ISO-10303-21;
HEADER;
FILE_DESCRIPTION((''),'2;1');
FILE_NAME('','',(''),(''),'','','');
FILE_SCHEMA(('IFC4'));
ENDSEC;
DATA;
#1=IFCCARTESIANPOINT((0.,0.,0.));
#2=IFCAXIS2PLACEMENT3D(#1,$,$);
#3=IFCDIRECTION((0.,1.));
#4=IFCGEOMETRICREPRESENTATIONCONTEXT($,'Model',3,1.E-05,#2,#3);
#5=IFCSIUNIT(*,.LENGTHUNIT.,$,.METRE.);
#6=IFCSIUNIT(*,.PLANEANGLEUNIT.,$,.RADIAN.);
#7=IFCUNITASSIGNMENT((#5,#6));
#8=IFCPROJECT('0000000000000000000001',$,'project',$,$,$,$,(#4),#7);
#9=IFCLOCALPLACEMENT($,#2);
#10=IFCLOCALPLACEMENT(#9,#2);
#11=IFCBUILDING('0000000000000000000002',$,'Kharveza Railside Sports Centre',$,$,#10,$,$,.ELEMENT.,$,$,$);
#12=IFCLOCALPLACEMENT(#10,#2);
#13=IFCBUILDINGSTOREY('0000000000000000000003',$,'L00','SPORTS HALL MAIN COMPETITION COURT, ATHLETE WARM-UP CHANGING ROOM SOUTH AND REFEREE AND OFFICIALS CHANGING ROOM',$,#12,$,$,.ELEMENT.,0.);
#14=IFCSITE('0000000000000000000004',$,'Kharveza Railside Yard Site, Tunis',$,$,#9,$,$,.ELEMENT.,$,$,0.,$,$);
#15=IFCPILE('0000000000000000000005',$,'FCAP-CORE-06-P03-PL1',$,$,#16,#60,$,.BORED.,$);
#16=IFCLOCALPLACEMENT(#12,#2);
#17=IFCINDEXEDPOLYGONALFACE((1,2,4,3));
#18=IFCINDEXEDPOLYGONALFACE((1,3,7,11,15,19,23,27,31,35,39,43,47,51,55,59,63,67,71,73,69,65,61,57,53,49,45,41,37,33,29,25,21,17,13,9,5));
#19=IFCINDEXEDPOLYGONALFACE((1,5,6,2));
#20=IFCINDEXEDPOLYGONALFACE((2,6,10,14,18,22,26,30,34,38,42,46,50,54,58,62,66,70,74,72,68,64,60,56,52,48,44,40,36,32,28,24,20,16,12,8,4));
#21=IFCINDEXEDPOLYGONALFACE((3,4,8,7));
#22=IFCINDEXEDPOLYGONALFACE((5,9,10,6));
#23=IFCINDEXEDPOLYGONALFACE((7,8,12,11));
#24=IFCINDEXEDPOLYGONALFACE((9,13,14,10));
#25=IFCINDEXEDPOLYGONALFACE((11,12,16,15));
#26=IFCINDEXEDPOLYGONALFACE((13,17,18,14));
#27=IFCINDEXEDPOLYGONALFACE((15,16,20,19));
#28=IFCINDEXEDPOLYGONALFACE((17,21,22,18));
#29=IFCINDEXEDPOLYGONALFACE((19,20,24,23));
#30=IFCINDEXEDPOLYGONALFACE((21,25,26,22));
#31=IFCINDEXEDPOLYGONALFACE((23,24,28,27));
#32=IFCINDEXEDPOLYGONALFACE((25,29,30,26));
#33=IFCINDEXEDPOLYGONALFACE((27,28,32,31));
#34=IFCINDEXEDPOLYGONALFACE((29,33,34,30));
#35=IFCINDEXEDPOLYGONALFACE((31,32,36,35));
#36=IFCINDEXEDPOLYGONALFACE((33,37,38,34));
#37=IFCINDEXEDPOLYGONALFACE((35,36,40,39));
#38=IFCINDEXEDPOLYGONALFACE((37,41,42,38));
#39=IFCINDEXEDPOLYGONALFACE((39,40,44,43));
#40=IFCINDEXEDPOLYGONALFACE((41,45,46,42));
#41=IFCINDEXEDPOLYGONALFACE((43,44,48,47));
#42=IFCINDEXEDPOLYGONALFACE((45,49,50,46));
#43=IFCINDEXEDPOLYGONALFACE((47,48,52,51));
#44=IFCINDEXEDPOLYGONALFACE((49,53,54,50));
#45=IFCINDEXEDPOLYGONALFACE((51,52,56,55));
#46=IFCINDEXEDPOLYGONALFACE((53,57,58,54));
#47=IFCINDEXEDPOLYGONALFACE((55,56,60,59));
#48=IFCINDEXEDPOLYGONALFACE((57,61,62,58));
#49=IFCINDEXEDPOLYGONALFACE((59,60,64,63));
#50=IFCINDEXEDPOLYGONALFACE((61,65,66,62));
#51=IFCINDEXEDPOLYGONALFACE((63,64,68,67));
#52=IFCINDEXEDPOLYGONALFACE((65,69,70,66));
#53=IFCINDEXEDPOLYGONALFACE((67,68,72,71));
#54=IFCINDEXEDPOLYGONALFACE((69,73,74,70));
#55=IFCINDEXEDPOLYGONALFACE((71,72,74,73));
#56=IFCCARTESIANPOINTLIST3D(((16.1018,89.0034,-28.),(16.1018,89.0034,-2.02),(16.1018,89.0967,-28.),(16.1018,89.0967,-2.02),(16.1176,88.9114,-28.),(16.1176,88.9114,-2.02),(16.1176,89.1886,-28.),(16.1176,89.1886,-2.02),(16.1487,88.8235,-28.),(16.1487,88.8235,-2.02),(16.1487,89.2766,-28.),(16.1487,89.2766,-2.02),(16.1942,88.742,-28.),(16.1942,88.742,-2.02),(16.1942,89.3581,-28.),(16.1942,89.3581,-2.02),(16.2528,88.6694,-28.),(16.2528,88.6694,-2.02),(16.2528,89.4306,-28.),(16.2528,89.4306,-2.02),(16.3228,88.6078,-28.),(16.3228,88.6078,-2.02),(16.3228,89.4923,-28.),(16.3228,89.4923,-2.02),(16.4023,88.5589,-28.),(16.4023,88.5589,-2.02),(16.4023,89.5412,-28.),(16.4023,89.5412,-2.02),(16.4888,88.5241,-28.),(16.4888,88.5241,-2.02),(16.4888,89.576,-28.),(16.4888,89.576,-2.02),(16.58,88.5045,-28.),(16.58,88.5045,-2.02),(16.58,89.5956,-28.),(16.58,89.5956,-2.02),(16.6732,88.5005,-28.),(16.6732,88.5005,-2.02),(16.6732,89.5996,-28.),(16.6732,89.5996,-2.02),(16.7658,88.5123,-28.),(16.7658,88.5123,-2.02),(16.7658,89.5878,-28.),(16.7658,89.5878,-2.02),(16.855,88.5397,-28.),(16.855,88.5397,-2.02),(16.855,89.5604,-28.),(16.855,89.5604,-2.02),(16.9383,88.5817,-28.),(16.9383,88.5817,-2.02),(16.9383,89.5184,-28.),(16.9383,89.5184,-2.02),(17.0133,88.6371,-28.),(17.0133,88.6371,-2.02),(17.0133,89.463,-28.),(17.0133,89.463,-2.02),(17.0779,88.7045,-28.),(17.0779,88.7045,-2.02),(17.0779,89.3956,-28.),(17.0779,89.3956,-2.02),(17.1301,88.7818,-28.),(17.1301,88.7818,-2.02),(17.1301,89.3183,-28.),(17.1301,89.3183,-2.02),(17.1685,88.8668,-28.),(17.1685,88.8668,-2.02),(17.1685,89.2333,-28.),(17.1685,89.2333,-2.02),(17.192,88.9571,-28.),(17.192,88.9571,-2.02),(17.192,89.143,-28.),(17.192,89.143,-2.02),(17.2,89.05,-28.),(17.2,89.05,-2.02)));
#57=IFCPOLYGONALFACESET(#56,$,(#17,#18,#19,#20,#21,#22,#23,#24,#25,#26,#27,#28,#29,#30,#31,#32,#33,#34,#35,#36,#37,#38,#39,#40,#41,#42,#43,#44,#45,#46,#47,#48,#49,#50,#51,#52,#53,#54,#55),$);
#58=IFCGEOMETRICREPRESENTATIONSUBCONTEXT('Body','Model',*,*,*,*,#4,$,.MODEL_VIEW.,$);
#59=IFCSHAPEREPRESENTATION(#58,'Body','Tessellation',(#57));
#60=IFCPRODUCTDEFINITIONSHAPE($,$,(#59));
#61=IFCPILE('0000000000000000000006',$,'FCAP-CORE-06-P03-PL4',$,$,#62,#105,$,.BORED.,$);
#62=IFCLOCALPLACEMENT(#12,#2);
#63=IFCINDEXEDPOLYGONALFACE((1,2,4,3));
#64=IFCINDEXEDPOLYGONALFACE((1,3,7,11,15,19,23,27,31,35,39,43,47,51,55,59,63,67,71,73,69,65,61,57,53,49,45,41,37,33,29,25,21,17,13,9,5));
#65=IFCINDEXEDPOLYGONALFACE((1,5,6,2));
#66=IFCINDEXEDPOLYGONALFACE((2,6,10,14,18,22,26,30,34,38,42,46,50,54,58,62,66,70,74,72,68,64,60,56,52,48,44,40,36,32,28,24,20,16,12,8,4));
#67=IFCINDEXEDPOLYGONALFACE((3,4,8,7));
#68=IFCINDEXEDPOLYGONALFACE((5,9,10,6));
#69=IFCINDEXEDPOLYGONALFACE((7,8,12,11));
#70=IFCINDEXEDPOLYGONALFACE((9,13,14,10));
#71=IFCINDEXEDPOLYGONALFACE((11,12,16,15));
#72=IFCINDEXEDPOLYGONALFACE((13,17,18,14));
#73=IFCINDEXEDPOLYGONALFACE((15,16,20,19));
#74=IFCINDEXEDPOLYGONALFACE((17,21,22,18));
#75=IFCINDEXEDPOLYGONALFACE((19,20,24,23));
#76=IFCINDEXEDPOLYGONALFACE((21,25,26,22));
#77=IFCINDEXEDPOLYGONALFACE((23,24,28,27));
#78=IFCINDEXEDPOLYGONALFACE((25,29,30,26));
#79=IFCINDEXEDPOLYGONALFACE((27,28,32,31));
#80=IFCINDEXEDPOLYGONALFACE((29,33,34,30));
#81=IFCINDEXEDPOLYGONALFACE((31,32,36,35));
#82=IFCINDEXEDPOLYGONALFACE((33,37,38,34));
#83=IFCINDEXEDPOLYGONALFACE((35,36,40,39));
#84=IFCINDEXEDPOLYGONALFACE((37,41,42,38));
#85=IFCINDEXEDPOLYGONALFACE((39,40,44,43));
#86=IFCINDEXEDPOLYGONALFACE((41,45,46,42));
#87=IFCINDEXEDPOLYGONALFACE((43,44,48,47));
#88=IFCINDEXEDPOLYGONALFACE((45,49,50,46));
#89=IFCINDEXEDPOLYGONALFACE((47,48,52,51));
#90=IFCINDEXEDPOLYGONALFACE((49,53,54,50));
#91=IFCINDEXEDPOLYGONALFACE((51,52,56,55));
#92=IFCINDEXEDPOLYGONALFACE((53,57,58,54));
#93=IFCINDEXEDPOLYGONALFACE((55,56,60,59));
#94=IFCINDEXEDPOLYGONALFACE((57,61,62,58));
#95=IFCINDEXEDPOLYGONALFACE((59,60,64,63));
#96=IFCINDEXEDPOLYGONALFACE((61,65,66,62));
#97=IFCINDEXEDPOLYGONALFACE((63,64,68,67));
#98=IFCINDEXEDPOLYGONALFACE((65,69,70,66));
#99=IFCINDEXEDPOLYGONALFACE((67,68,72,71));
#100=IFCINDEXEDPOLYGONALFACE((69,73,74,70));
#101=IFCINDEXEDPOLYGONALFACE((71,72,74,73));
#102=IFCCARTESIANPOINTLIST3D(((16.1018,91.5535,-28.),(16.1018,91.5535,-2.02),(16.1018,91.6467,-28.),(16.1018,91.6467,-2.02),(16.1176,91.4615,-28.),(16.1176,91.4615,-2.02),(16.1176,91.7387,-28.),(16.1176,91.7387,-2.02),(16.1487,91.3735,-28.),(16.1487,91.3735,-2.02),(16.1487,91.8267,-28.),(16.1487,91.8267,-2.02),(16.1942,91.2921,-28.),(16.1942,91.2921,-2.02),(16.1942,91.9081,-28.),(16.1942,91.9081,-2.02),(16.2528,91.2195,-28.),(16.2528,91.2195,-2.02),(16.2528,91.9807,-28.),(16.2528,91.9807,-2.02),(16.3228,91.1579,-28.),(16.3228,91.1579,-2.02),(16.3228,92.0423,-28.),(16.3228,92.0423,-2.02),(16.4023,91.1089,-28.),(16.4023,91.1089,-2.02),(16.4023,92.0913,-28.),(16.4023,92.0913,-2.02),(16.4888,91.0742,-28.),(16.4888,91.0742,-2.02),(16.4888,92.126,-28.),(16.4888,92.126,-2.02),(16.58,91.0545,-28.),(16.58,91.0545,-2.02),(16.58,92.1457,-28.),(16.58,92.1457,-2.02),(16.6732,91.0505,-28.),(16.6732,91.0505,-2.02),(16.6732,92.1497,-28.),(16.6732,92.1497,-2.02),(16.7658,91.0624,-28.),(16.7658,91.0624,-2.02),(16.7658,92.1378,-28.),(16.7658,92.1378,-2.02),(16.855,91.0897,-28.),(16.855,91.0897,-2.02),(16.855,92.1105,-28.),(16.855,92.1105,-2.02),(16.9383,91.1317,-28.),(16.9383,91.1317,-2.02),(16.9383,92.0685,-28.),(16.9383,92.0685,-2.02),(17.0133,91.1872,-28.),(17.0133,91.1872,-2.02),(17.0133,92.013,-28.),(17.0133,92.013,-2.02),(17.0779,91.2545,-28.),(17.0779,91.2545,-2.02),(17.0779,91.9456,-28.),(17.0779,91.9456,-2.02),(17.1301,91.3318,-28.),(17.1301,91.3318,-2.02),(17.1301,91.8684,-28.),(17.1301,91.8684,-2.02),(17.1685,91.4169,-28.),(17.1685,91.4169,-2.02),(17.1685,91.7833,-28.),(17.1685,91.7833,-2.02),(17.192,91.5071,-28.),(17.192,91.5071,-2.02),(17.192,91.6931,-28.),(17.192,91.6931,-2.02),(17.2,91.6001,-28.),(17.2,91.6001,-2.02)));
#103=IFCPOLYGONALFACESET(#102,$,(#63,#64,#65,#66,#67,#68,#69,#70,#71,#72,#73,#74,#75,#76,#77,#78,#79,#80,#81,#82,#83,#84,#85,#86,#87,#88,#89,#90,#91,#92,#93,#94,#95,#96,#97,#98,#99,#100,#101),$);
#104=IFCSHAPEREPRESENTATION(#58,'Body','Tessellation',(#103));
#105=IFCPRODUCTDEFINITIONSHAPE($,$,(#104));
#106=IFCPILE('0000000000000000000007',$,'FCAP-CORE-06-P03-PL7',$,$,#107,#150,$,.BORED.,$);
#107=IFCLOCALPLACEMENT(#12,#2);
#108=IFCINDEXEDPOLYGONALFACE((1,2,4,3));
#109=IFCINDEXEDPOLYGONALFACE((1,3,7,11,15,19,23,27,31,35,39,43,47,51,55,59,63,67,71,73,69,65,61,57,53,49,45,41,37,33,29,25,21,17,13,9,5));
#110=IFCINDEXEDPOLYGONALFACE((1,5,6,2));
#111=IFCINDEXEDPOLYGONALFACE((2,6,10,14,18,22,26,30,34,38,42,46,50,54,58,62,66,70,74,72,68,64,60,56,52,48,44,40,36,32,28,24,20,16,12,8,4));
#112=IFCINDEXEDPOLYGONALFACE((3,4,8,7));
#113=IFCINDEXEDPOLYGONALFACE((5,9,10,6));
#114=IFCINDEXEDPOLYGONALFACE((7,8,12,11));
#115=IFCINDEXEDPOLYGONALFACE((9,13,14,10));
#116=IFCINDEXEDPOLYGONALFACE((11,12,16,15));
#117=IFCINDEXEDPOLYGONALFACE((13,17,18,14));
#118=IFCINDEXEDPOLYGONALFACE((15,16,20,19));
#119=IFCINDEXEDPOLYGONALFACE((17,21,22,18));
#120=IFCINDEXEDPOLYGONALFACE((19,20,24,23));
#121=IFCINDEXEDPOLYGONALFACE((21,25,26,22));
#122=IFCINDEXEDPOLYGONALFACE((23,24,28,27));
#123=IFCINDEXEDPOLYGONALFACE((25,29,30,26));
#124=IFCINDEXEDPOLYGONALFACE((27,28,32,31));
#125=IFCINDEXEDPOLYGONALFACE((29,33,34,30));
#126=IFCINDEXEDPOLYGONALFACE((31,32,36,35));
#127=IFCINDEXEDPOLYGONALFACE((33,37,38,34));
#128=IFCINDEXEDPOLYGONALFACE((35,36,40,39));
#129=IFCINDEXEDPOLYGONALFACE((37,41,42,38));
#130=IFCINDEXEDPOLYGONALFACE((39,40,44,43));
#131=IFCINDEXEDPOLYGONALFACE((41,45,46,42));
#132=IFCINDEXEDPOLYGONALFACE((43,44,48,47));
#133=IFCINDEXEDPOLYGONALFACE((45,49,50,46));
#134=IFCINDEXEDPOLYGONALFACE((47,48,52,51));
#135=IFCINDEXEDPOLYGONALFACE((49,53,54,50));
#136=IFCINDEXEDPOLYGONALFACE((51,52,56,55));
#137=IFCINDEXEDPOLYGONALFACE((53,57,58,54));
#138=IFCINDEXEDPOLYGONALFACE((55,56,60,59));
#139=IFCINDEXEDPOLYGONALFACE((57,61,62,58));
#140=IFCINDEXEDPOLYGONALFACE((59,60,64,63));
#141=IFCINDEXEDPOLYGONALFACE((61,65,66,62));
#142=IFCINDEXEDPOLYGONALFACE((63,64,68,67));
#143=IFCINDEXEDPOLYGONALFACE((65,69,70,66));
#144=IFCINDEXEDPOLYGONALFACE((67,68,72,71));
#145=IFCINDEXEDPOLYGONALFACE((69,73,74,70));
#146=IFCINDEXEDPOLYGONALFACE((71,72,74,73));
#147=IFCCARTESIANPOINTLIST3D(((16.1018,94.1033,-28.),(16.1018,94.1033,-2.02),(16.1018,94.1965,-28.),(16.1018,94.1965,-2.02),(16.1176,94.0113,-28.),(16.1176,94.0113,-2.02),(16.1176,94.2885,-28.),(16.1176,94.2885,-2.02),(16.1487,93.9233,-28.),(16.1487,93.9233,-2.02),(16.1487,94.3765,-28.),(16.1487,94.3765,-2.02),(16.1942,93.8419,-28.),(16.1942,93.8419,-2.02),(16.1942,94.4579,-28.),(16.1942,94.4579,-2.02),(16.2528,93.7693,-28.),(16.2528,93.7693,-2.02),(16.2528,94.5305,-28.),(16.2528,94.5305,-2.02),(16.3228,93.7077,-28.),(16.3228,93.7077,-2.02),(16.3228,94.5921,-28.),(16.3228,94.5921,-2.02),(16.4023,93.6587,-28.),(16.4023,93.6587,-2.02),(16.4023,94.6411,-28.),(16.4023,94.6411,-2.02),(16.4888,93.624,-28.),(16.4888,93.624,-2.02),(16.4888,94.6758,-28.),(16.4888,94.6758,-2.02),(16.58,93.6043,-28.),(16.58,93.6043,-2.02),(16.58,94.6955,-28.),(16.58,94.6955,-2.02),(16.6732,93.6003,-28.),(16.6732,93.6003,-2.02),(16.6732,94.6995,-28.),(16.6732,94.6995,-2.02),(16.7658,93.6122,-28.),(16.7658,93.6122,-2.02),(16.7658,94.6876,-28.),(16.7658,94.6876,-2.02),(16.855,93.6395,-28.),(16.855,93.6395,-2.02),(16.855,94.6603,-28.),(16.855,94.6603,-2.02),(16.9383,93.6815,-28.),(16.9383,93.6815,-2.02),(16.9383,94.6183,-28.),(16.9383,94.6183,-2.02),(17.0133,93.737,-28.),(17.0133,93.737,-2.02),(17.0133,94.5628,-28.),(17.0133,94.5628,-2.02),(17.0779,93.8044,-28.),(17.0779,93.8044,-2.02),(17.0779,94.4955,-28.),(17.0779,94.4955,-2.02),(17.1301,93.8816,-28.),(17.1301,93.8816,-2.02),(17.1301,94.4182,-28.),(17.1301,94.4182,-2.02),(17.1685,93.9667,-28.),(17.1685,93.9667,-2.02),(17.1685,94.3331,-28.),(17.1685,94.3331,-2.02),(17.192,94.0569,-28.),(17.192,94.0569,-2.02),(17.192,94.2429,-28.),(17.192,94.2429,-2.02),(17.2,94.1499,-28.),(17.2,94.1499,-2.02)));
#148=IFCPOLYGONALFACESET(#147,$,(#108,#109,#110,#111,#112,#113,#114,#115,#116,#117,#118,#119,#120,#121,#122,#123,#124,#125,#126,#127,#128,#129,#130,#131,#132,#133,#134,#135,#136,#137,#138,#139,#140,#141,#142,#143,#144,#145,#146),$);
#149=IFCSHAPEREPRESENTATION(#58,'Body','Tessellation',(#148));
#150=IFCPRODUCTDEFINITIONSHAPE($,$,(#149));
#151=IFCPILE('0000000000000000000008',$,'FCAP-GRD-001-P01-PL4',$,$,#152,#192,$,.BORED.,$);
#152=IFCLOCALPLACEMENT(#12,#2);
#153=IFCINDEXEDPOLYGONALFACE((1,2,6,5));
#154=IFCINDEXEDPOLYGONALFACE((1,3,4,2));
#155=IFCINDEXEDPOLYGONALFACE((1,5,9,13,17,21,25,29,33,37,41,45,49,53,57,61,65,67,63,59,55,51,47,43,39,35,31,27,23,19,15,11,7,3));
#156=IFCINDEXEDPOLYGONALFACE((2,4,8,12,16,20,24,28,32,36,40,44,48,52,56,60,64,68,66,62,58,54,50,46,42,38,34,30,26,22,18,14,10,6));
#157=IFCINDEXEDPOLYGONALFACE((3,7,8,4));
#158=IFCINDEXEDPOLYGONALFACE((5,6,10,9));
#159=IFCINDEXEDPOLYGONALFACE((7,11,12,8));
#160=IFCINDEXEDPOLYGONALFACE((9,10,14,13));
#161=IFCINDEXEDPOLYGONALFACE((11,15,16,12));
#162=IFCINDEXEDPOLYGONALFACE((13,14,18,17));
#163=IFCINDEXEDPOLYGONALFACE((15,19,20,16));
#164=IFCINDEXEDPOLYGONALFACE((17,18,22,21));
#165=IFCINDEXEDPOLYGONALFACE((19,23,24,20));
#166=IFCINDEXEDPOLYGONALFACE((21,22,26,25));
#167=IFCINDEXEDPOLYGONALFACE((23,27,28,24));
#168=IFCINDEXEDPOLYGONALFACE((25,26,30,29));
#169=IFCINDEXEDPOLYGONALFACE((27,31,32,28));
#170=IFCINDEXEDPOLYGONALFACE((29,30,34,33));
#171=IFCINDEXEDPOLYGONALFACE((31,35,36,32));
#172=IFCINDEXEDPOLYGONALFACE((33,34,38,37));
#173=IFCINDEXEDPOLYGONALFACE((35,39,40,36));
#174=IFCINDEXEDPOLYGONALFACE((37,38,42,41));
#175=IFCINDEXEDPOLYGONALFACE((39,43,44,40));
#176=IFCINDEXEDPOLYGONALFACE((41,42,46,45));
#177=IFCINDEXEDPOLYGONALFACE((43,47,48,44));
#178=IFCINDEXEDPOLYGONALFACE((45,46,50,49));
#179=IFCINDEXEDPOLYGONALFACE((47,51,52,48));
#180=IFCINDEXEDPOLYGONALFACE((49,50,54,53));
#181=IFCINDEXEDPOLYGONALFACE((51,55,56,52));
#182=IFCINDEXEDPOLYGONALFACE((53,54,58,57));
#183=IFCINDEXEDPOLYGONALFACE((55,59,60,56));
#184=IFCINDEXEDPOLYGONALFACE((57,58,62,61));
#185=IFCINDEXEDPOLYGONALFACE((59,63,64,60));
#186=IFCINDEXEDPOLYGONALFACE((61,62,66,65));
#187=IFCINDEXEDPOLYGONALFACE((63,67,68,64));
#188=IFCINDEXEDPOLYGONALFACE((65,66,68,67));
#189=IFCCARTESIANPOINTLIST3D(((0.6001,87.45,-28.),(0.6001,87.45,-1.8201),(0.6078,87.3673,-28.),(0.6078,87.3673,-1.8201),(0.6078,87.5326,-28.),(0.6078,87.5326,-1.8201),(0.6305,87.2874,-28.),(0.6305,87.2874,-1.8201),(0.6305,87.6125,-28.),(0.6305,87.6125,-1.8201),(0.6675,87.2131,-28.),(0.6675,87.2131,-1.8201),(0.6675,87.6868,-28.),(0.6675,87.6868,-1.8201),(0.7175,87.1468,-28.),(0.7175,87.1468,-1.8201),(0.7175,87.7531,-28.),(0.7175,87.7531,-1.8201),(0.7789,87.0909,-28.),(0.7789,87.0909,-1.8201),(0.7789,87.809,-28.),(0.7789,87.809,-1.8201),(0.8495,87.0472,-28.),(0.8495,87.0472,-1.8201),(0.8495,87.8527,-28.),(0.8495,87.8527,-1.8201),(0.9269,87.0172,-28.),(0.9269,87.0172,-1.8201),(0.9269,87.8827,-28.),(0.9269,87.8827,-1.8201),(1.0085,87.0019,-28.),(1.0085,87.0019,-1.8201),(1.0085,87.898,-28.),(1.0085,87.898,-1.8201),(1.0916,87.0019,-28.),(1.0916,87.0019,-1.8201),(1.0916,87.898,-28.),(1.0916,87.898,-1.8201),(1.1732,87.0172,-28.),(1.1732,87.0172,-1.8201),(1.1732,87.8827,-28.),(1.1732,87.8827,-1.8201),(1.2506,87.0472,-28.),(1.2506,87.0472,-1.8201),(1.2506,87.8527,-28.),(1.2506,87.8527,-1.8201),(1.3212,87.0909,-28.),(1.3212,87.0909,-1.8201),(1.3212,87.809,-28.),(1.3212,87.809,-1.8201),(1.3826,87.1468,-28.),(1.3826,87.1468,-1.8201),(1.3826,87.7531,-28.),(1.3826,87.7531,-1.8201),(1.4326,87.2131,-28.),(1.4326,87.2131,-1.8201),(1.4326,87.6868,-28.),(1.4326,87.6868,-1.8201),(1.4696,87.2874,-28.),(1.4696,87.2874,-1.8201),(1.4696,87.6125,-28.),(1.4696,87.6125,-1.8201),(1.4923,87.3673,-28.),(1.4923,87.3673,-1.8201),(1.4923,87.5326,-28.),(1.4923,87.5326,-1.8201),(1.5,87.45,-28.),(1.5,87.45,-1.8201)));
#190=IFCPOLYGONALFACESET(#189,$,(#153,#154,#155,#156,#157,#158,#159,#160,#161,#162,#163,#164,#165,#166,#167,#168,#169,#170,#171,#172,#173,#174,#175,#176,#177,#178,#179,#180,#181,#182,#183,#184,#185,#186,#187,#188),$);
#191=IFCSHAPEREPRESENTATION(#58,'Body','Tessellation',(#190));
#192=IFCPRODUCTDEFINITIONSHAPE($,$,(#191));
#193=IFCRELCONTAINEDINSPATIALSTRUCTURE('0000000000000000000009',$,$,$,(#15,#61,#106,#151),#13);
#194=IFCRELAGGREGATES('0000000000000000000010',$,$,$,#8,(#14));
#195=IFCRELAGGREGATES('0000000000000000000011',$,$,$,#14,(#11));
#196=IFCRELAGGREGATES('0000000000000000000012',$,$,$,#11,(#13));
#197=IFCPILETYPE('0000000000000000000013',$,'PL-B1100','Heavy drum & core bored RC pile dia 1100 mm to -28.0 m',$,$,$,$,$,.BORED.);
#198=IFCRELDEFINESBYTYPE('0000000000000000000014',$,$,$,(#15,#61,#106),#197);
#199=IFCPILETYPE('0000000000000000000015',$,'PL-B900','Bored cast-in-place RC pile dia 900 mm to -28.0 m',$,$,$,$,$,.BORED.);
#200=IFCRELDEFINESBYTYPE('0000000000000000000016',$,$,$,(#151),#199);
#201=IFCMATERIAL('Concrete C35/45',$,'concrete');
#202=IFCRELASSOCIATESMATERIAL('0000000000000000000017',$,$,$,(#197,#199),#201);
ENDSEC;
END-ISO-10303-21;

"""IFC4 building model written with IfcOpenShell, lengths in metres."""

from ifc_helpers import new_model, si_unit, direction, frame, origin, origin_2d, place, context, subcontext, project, spatial, circle, extrude, material, material_profile, profile_set, type_object, element, save


model = new_model("IFC4")

# Units and contexts
model_context = context("Model", 3, precision=1e-05, world=origin(), true_north=direction((0.0, 1.0)))
body_context = subcontext(model_context, "Body", "Model", "MODEL_VIEW")
ifc_project = project(units=[si_unit("LENGTHUNIT", "METRE"), si_unit("PLANEANGLEUNIT", "RADIAN")], contexts=[model_context])

# Site, building, storey
site_placement = place(None, origin())
site = spatial("IfcSite", under=ifc_project, at=site_placement, Name="Kharveza Railside Yard Site, Tunis", CompositionType="ELEMENT", RefElevation=0.0)
building_placement = place(site_placement, origin())
building = spatial("IfcBuilding", under=site, at=building_placement, Name="Kharveza Railside Sports Centre", CompositionType="ELEMENT")
storey_placement = place(building_placement, origin())
storey = spatial("IfcBuildingStorey", under=building, at=storey_placement, Name="L00", Description="SPORTS HALL MAIN COMPETITION COURT, ATHLETE WARM-UP CHANGING ROOM SOUTH AND REFEREE AND OFFICIALS CHANGING ROOM", CompositionType="ELEMENT", Elevation=0.0)

# Piles
ifc_material_1 = material(Name="Concrete C35/45", Category="concrete")
ifc_material_profile_1 = material_profile(ifc_material_1, circle(Radius=0.55, at=origin_2d()), Name="PILE D1100")
ifc_profile_set_1 = profile_set([ifc_material_profile_1], Name="Concrete C35/45")
pile_type_1 = type_object("IfcPileType", Name="PL-B1100", Description="Heavy drum & core bored RC pile dia 1100 mm to -28.0 m", PredefinedType="BORED", material=ifc_profile_set_1)
for number, where, z_axis, x_axis, name in (
    (1, (16.6499, 89.05, -2.02), (0.0, 0.0, -1.0), (1.0, 0.0, 0.0), "FCAP-CORE-06-P03-PL1"),
    (2, (16.6499, 91.6001, -2.02), (0.0, 0.0, -1.0), (1.0, 0.0, 0.0), "FCAP-CORE-06-P03-PL4"),
    (3, (16.6499, 94.1499, -2.02), (0.0, 0.0, -1.0), (1.0, 0.0, 0.0), "FCAP-CORE-06-P03-PL7"),
):
    element("IfcPile", number, at=place(storey_placement, frame(where, z_axis=z_axis, x_axis=x_axis)), inside=storey, type_object=pile_type_1, Name=name, PredefinedType="BORED", context=body_context, shape_type="SweptSolid", body=[
        extrude(circle(Radius=0.55, at=origin_2d()), origin(), (0.0, 0.0, 1.0), 25.98),
    ])
ifc_material_profile_2 = material_profile(ifc_material_1, circle(Radius=0.45, at=origin_2d()), Name="PILE D900")
ifc_profile_set_2 = profile_set([ifc_material_profile_2], Name="Concrete C35/45")
pile_type_2 = type_object("IfcPileType", Name="PL-B900", Description="Bored cast-in-place RC pile dia 900 mm to -28.0 m", PredefinedType="BORED", material=ifc_profile_set_2)
for number, where, z_axis, x_axis, name in (
    (4, (1.05, 87.45, -1.8201), (0.0, 0.0, -1.0), (1.0, 0.0, 0.0), "FCAP-GRD-001-P01-PL4"),
):
    element("IfcPile", number, at=place(storey_placement, frame(where, z_axis=z_axis, x_axis=x_axis)), inside=storey, type_object=pile_type_2, Name=name, PredefinedType="BORED", context=body_context, shape_type="SweptSolid", body=[
        extrude(circle(Radius=0.45, at=origin_2d()), origin(), (0.0, 0.0, 1.0), 26.1799),
    ])

save(model, "model.ifc")
